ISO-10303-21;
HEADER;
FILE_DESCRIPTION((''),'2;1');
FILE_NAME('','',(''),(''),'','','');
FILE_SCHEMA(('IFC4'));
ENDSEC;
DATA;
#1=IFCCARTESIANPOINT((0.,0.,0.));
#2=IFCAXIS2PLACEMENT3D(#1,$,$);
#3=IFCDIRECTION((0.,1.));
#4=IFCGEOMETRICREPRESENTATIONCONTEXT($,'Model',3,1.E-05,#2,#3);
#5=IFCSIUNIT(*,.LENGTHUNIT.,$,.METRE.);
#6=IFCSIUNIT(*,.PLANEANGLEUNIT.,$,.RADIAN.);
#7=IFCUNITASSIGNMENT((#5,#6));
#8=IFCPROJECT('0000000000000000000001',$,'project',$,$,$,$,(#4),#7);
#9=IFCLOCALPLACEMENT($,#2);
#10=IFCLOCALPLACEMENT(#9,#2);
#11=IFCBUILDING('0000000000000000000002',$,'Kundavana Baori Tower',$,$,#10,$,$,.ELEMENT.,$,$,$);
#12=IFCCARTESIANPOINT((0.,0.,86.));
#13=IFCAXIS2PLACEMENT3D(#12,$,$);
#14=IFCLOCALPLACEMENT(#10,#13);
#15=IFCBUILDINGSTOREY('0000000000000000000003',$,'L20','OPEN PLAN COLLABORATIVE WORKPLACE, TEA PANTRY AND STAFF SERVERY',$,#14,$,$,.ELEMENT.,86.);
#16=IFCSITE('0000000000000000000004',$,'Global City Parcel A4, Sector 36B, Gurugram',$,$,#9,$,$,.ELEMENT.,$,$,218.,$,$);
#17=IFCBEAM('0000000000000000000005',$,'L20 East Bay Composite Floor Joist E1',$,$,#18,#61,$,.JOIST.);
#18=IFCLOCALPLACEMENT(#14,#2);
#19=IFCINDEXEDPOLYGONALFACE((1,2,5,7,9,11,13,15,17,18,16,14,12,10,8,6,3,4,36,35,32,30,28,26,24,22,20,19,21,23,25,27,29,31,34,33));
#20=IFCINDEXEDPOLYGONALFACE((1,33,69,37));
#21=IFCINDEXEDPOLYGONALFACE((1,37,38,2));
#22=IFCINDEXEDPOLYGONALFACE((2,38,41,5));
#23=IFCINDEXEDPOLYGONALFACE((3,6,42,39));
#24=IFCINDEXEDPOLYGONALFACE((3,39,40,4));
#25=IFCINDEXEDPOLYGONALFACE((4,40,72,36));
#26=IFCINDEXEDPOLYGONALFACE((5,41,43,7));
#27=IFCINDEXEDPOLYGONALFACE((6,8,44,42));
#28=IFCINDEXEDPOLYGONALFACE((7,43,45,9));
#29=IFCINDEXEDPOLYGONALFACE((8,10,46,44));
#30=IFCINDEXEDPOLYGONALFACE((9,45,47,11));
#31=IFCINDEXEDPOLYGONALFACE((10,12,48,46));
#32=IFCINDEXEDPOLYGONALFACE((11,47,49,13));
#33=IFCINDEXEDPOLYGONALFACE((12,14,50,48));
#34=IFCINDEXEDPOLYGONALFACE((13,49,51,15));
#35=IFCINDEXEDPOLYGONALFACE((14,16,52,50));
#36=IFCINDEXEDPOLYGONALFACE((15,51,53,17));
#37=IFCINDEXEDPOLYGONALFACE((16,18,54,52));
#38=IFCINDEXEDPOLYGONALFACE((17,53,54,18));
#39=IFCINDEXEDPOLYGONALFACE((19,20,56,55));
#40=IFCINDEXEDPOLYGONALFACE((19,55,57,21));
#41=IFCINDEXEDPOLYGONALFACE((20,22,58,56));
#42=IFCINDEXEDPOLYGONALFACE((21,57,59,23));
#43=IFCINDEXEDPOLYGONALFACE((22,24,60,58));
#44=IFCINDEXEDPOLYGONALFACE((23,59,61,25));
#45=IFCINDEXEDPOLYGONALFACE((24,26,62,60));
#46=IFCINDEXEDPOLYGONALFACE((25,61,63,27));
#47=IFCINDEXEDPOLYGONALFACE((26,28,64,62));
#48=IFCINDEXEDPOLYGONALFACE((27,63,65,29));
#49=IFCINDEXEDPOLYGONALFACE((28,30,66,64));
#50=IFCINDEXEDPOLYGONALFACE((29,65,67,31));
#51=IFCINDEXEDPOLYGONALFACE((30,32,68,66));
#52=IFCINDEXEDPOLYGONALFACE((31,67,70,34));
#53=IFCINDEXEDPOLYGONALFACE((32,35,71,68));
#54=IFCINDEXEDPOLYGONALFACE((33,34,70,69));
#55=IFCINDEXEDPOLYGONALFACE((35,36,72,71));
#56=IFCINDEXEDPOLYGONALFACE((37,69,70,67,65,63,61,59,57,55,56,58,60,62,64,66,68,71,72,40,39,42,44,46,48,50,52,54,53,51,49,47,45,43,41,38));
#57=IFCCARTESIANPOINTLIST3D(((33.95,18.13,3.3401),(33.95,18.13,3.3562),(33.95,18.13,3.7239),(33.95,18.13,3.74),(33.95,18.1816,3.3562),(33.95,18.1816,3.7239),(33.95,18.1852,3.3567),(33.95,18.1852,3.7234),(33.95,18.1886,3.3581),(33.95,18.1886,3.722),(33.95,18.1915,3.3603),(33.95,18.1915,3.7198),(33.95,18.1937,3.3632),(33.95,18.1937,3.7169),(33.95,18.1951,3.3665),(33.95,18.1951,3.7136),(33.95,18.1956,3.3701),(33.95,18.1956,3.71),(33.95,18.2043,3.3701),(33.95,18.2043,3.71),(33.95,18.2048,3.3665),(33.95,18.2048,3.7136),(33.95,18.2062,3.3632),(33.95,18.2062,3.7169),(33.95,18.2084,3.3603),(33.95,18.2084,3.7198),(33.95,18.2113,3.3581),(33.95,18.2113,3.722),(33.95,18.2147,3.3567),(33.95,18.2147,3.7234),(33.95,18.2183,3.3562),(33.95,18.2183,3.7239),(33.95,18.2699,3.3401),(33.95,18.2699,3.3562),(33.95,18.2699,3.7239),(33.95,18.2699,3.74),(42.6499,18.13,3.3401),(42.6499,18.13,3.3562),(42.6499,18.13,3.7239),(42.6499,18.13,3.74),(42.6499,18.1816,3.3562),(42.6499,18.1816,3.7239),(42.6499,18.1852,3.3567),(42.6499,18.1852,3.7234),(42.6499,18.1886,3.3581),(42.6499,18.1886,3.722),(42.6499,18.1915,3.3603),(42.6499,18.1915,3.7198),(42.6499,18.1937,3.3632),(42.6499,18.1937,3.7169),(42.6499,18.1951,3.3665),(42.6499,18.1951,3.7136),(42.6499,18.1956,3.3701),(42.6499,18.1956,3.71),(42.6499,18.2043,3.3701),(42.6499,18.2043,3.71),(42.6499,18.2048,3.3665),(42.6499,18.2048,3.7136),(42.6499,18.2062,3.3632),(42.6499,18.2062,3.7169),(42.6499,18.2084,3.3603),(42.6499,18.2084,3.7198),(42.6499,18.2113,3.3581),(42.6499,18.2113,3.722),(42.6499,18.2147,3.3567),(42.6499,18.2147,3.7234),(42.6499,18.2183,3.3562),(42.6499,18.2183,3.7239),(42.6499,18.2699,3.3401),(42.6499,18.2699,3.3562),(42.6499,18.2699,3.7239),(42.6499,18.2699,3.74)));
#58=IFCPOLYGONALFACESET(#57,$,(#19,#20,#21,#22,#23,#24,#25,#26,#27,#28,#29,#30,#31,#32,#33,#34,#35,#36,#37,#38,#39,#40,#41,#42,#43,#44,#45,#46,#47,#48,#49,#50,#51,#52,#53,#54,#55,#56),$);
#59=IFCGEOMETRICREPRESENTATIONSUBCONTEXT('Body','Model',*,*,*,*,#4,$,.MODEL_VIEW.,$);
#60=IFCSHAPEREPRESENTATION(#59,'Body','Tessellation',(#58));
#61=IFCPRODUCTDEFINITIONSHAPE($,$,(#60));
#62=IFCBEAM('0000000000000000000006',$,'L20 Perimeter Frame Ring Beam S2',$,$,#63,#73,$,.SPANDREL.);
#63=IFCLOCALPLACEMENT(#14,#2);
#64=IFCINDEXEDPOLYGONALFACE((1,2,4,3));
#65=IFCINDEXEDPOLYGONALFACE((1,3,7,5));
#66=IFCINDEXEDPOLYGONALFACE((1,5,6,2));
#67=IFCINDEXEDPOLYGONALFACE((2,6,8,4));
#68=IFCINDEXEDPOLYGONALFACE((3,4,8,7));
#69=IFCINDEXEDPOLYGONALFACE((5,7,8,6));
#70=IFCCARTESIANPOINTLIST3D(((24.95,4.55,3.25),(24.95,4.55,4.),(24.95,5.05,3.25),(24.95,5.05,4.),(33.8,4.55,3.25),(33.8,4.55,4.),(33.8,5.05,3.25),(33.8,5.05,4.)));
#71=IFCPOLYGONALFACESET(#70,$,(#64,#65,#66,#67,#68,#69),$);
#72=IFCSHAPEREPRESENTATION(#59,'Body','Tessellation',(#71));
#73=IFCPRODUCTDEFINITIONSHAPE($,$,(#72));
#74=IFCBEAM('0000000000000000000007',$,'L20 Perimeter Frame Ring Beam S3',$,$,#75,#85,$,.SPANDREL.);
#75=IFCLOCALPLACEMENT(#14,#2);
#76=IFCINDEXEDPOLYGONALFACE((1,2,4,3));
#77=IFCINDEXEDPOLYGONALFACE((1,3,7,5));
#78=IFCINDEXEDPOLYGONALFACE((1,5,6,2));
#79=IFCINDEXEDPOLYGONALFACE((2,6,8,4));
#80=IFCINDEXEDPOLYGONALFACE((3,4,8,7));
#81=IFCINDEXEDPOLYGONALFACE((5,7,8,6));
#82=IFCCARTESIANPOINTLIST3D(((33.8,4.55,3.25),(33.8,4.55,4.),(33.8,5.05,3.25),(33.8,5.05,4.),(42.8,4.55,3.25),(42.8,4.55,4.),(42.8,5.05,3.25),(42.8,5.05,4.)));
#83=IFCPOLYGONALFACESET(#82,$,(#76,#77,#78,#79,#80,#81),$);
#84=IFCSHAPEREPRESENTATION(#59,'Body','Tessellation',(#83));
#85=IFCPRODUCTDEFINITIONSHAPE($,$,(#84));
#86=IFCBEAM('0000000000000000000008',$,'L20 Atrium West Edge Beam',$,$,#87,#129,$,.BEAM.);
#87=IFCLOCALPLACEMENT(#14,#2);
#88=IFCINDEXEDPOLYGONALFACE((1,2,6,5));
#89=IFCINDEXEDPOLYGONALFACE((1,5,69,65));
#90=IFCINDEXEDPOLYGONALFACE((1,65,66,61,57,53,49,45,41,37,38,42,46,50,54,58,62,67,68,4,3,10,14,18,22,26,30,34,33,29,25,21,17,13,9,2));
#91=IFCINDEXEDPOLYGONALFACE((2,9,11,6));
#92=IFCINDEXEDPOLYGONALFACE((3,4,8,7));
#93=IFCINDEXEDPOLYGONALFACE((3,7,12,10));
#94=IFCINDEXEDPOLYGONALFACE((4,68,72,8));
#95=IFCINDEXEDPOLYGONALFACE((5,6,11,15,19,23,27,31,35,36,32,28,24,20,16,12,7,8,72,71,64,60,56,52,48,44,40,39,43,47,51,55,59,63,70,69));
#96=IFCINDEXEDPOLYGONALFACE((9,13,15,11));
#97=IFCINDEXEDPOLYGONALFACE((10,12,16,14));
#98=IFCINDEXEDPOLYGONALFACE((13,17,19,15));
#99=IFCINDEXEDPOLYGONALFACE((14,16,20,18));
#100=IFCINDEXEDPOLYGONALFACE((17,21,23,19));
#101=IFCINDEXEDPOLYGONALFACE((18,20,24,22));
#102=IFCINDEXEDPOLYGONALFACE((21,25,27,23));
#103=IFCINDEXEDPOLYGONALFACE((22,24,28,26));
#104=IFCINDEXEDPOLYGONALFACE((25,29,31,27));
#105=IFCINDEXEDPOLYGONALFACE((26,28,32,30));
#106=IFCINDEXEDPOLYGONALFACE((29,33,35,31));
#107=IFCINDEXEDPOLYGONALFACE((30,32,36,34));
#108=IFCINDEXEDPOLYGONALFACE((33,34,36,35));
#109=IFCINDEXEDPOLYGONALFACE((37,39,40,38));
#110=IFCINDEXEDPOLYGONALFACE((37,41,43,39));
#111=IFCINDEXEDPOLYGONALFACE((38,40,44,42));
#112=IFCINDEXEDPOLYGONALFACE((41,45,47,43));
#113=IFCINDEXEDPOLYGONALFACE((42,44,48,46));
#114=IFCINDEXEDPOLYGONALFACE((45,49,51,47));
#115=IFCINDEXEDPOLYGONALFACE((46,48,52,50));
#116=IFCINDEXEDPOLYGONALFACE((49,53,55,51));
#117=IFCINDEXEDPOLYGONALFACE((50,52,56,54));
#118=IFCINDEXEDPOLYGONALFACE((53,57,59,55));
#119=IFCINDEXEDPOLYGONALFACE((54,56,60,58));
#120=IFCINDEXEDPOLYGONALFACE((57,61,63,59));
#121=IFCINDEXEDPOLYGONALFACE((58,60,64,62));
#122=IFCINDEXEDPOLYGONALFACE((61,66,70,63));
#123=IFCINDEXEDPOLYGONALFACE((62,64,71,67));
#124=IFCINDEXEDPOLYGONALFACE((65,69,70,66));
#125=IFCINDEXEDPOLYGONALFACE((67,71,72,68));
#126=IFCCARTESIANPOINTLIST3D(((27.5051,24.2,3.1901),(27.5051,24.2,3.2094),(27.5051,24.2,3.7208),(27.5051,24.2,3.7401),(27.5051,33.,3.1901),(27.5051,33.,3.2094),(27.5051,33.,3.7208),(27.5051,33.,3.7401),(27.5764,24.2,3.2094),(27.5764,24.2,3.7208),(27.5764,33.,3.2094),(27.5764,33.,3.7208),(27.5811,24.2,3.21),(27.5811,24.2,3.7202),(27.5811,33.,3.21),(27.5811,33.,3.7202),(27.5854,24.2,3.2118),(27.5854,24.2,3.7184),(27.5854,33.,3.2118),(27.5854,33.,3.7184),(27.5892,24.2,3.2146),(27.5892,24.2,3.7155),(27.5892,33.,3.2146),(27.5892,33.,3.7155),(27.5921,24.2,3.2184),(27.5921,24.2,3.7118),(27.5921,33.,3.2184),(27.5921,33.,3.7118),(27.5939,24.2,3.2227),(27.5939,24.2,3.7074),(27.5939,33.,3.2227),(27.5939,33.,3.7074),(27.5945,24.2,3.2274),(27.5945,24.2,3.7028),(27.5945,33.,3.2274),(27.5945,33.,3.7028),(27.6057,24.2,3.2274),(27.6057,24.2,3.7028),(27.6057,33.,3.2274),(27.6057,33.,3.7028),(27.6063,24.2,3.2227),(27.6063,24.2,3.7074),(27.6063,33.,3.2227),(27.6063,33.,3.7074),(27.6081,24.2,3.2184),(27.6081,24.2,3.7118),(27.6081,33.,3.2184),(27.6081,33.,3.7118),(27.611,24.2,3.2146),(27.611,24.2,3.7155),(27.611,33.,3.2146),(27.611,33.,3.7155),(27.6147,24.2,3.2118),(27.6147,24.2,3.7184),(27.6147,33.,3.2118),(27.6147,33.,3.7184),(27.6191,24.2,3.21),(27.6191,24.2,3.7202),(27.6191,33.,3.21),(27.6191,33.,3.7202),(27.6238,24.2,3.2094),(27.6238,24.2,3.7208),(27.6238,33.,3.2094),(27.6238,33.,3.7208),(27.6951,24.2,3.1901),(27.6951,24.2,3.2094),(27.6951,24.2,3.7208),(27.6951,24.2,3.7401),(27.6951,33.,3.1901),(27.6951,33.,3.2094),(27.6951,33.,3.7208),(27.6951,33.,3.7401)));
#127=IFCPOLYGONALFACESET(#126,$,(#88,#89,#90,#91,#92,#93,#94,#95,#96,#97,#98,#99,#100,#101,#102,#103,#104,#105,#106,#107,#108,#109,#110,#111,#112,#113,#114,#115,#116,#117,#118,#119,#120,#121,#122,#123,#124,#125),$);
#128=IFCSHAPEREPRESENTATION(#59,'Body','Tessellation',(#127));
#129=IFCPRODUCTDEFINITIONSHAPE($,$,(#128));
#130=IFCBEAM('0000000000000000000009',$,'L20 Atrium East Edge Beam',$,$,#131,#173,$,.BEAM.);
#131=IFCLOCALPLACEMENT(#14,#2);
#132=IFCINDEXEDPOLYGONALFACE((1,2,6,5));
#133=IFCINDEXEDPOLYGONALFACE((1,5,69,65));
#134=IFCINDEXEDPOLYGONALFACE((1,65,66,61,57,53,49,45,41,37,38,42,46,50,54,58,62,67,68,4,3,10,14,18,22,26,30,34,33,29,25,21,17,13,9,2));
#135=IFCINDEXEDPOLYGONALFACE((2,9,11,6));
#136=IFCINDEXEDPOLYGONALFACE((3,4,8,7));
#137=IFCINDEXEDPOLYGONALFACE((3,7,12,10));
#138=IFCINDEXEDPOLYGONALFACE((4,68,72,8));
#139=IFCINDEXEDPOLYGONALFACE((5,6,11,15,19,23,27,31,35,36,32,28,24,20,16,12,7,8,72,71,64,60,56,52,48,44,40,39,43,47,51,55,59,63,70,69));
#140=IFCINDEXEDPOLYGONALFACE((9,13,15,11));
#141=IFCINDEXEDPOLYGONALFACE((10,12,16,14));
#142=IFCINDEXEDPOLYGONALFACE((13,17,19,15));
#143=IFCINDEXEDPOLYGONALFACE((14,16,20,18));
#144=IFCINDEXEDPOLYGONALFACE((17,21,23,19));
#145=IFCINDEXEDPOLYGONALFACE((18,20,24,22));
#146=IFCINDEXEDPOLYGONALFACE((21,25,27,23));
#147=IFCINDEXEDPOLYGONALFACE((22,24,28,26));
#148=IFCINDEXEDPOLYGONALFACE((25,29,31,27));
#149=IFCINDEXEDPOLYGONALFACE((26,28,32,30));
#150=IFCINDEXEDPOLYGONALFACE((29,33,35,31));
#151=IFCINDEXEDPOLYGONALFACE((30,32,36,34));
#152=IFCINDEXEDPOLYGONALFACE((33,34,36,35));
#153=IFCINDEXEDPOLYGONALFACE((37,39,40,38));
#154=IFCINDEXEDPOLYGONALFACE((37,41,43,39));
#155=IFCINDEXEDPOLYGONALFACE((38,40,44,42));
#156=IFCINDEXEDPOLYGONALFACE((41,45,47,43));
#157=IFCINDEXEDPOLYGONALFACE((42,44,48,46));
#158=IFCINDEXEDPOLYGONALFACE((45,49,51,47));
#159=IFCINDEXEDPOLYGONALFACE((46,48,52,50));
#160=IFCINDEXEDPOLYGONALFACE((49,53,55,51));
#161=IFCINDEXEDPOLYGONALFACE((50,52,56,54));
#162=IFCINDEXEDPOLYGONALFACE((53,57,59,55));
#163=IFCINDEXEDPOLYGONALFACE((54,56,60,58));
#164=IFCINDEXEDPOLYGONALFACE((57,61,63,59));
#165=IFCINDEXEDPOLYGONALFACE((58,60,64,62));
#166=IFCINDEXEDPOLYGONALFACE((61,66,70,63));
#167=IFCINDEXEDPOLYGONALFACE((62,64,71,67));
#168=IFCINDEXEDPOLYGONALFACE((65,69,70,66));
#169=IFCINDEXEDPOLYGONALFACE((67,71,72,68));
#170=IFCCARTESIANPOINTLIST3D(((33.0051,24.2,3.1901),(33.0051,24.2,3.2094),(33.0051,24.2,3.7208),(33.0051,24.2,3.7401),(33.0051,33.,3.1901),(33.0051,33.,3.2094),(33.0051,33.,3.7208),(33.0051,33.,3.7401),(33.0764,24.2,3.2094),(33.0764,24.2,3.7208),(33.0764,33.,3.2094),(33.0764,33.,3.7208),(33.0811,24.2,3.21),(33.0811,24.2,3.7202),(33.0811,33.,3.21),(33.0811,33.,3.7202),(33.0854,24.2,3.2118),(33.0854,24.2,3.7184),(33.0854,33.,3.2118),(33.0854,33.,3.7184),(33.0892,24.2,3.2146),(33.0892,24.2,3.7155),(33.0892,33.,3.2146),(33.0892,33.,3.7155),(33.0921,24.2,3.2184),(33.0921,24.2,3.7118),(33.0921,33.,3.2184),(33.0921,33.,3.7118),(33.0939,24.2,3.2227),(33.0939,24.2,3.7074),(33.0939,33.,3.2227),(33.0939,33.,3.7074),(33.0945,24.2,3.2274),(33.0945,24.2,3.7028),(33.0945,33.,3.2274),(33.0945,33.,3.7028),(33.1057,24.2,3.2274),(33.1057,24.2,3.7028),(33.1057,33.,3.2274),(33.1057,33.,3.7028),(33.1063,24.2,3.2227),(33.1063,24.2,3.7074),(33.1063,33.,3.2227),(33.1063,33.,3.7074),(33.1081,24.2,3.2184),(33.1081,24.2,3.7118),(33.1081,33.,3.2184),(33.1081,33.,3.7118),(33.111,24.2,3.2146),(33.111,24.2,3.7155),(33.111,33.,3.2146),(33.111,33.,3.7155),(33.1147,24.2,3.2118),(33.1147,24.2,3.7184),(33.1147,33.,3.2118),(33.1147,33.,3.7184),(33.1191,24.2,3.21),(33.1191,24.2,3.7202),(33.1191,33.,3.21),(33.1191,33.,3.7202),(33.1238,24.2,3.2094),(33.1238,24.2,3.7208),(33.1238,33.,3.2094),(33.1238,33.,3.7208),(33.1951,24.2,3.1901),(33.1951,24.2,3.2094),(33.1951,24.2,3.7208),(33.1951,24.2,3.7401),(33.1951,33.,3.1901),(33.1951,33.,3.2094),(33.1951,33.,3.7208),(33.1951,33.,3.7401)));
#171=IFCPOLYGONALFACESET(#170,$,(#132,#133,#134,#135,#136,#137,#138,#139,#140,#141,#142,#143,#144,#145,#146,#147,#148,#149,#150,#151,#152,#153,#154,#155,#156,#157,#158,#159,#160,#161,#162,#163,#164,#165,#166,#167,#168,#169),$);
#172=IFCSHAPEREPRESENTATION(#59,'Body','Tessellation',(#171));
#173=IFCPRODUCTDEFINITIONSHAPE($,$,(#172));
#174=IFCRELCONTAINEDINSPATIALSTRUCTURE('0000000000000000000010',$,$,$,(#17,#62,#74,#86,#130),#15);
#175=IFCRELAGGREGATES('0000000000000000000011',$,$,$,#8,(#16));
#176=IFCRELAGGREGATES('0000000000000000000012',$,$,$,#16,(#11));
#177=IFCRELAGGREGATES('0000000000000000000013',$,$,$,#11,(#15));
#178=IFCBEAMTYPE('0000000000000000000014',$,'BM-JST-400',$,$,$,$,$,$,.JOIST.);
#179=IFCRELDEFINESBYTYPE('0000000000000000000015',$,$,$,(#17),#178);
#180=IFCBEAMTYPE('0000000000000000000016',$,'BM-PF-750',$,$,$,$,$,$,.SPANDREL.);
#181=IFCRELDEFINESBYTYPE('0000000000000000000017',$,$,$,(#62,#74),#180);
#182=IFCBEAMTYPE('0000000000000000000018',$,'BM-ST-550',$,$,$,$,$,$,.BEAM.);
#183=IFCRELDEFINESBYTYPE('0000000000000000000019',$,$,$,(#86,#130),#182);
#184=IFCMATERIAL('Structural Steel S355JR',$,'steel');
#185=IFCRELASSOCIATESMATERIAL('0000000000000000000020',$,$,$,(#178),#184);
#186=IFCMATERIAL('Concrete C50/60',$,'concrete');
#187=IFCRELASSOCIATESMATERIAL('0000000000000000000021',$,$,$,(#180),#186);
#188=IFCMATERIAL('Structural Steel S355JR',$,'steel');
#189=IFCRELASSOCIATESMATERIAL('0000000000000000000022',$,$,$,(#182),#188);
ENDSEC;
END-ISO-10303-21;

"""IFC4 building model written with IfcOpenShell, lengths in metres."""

from ifc_helpers import new_model, si_unit, direction, frame, origin, origin_2d, place, context, subcontext, project, spatial, rectangle, i_section, extrude, material, material_profile, profile_set, type_object, element, save


model = new_model("IFC4")

# Units and contexts
model_context = context("Model", 3, precision=1e-05, world=origin(), true_north=direction((0.0, 1.0)))
body_context = subcontext(model_context, "Body", "Model", "MODEL_VIEW")
ifc_project = project(units=[si_unit("LENGTHUNIT", "METRE"), si_unit("PLANEANGLEUNIT", "RADIAN")], contexts=[model_context])

# Site, building, storey
site_placement = place(None, origin())
site = spatial("IfcSite", under=ifc_project, at=site_placement, Name="Global City Parcel A4, Sector 36B, Gurugram", CompositionType="ELEMENT", RefElevation=218.0)
building_placement = place(site_placement, origin())
building = spatial("IfcBuilding", under=site, at=building_placement, Name="Kundavana Baori Tower", CompositionType="ELEMENT")
storey_placement = place(building_placement, frame((0.0, 0.0, 86.0)))
storey = spatial("IfcBuildingStorey", under=building, at=storey_placement, Name="L20", Description="OPEN PLAN COLLABORATIVE WORKPLACE, TEA PANTRY AND STAFF SERVERY", CompositionType="ELEMENT", Elevation=86.0)

# Beams
ifc_material_1 = material(Name="Structural Steel S355JR", Category="steel")
ifc_material_profile_1 = material_profile(ifc_material_1, i_section(OverallWidth=0.1399, OverallDepth=0.3999, WebThickness=0.0088, FlangeThickness=0.0161, FilletRadius=0.0139, at=origin_2d()), Name="ISMB 400")
ifc_profile_set_1 = profile_set([ifc_material_profile_1], Name="Structural Steel S355JR")
beam_type_1 = type_object("IfcBeamType", Name="BM-JST-400", PredefinedType="JOIST", material=ifc_profile_set_1)
beam_1_placement = place(storey_placement, frame((33.95, 18.2, 3.54), z_axis=(1.0, 0.0, 0.0), x_axis=(0.0, 1.0, 0.0)))
element("IfcBeam", 1, at=beam_1_placement, inside=storey, type_object=beam_type_1, Name="L20 East Bay Composite Floor Joist E1", PredefinedType="JOIST", context=body_context, shape_type="SweptSolid", body=[
    extrude(i_section(OverallWidth=0.1399, OverallDepth=0.3999, WebThickness=0.0088, FlangeThickness=0.0161, FilletRadius=0.0139, at=origin_2d()), origin(), (0.0, 0.0, 1.0), 8.7),
])
ifc_material_2 = material(Name="Concrete C50/60", Category="concrete")
ifc_material_profile_2 = material_profile(ifc_material_2, rectangle(XDim=0.5, YDim=0.75, at=origin_2d()), Name="RC BM 500x750")
ifc_profile_set_2 = profile_set([ifc_material_profile_2], Name="Concrete C50/60")
beam_type_2 = type_object("IfcBeamType", Name="BM-PF-750", PredefinedType="SPANDREL", material=ifc_profile_set_2)
beam_2_placement = place(storey_placement, frame((24.95, 4.8, 3.625), z_axis=(1.0, 0.0, 0.0), x_axis=(0.0, 1.0, 0.0)))
element("IfcBeam", 2, at=beam_2_placement, inside=storey, type_object=beam_type_2, Name="L20 Perimeter Frame Ring Beam S2", PredefinedType="SPANDREL", context=body_context, shape_type="SweptSolid", body=[
    extrude(rectangle(XDim=0.5, YDim=0.75, at=origin_2d()), origin(), (0.0, 0.0, 1.0), 8.8501),
])
beam_3_placement = place(storey_placement, frame((33.8, 4.8, 3.625), z_axis=(1.0, 0.0, 0.0), x_axis=(0.0, 1.0, 0.0)))
element("IfcBeam", 3, at=beam_3_placement, inside=storey, type_object=beam_type_2, Name="L20 Perimeter Frame Ring Beam S3", PredefinedType="SPANDREL", context=body_context, shape_type="SweptSolid", body=[
    extrude(rectangle(XDim=0.5, YDim=0.75, at=origin_2d()), origin(), (0.0, 0.0, 1.0), 9.0),
])
ifc_material_3 = material(Name="Structural Steel S355JR", Category="steel")
ifc_material_profile_3 = material_profile(ifc_material_3, i_section(OverallWidth=0.1899, OverallDepth=0.55, WebThickness=0.0112, FlangeThickness=0.0193, FilletRadius=0.0181, at=origin_2d()), Name="ISMB 550")
ifc_profile_set_3 = profile_set([ifc_material_profile_3], Name="Structural Steel S355JR")
beam_type_3 = type_object("IfcBeamType", Name="BM-ST-550", PredefinedType="BEAM", material=ifc_profile_set_3)
for number, where, z_axis, x_axis, name in (
    (4, (27.6001, 24.2, 3.4651), (0.0, 1.0, 0.0), (-1.0, 0.0, 0.0), "L20 Atrium West Edge Beam"),
    (5, (33.1001, 24.2, 3.4651), (0.0, 1.0, 0.0), (-1.0, 0.0, 0.0), "L20 Atrium East Edge Beam"),
):
    element("IfcBeam", number, at=place(storey_placement, frame(where, z_axis=z_axis, x_axis=x_axis)), inside=storey, type_object=beam_type_3, Name=name, PredefinedType="BEAM", context=body_context, shape_type="SweptSolid", body=[
        extrude(i_section(OverallWidth=0.1899, OverallDepth=0.55, WebThickness=0.0112, FlangeThickness=0.0193, FilletRadius=0.0181, at=origin_2d()), origin(), (0.0, 0.0, 1.0), 8.8),
    ])

save(model, "model.ifc")
